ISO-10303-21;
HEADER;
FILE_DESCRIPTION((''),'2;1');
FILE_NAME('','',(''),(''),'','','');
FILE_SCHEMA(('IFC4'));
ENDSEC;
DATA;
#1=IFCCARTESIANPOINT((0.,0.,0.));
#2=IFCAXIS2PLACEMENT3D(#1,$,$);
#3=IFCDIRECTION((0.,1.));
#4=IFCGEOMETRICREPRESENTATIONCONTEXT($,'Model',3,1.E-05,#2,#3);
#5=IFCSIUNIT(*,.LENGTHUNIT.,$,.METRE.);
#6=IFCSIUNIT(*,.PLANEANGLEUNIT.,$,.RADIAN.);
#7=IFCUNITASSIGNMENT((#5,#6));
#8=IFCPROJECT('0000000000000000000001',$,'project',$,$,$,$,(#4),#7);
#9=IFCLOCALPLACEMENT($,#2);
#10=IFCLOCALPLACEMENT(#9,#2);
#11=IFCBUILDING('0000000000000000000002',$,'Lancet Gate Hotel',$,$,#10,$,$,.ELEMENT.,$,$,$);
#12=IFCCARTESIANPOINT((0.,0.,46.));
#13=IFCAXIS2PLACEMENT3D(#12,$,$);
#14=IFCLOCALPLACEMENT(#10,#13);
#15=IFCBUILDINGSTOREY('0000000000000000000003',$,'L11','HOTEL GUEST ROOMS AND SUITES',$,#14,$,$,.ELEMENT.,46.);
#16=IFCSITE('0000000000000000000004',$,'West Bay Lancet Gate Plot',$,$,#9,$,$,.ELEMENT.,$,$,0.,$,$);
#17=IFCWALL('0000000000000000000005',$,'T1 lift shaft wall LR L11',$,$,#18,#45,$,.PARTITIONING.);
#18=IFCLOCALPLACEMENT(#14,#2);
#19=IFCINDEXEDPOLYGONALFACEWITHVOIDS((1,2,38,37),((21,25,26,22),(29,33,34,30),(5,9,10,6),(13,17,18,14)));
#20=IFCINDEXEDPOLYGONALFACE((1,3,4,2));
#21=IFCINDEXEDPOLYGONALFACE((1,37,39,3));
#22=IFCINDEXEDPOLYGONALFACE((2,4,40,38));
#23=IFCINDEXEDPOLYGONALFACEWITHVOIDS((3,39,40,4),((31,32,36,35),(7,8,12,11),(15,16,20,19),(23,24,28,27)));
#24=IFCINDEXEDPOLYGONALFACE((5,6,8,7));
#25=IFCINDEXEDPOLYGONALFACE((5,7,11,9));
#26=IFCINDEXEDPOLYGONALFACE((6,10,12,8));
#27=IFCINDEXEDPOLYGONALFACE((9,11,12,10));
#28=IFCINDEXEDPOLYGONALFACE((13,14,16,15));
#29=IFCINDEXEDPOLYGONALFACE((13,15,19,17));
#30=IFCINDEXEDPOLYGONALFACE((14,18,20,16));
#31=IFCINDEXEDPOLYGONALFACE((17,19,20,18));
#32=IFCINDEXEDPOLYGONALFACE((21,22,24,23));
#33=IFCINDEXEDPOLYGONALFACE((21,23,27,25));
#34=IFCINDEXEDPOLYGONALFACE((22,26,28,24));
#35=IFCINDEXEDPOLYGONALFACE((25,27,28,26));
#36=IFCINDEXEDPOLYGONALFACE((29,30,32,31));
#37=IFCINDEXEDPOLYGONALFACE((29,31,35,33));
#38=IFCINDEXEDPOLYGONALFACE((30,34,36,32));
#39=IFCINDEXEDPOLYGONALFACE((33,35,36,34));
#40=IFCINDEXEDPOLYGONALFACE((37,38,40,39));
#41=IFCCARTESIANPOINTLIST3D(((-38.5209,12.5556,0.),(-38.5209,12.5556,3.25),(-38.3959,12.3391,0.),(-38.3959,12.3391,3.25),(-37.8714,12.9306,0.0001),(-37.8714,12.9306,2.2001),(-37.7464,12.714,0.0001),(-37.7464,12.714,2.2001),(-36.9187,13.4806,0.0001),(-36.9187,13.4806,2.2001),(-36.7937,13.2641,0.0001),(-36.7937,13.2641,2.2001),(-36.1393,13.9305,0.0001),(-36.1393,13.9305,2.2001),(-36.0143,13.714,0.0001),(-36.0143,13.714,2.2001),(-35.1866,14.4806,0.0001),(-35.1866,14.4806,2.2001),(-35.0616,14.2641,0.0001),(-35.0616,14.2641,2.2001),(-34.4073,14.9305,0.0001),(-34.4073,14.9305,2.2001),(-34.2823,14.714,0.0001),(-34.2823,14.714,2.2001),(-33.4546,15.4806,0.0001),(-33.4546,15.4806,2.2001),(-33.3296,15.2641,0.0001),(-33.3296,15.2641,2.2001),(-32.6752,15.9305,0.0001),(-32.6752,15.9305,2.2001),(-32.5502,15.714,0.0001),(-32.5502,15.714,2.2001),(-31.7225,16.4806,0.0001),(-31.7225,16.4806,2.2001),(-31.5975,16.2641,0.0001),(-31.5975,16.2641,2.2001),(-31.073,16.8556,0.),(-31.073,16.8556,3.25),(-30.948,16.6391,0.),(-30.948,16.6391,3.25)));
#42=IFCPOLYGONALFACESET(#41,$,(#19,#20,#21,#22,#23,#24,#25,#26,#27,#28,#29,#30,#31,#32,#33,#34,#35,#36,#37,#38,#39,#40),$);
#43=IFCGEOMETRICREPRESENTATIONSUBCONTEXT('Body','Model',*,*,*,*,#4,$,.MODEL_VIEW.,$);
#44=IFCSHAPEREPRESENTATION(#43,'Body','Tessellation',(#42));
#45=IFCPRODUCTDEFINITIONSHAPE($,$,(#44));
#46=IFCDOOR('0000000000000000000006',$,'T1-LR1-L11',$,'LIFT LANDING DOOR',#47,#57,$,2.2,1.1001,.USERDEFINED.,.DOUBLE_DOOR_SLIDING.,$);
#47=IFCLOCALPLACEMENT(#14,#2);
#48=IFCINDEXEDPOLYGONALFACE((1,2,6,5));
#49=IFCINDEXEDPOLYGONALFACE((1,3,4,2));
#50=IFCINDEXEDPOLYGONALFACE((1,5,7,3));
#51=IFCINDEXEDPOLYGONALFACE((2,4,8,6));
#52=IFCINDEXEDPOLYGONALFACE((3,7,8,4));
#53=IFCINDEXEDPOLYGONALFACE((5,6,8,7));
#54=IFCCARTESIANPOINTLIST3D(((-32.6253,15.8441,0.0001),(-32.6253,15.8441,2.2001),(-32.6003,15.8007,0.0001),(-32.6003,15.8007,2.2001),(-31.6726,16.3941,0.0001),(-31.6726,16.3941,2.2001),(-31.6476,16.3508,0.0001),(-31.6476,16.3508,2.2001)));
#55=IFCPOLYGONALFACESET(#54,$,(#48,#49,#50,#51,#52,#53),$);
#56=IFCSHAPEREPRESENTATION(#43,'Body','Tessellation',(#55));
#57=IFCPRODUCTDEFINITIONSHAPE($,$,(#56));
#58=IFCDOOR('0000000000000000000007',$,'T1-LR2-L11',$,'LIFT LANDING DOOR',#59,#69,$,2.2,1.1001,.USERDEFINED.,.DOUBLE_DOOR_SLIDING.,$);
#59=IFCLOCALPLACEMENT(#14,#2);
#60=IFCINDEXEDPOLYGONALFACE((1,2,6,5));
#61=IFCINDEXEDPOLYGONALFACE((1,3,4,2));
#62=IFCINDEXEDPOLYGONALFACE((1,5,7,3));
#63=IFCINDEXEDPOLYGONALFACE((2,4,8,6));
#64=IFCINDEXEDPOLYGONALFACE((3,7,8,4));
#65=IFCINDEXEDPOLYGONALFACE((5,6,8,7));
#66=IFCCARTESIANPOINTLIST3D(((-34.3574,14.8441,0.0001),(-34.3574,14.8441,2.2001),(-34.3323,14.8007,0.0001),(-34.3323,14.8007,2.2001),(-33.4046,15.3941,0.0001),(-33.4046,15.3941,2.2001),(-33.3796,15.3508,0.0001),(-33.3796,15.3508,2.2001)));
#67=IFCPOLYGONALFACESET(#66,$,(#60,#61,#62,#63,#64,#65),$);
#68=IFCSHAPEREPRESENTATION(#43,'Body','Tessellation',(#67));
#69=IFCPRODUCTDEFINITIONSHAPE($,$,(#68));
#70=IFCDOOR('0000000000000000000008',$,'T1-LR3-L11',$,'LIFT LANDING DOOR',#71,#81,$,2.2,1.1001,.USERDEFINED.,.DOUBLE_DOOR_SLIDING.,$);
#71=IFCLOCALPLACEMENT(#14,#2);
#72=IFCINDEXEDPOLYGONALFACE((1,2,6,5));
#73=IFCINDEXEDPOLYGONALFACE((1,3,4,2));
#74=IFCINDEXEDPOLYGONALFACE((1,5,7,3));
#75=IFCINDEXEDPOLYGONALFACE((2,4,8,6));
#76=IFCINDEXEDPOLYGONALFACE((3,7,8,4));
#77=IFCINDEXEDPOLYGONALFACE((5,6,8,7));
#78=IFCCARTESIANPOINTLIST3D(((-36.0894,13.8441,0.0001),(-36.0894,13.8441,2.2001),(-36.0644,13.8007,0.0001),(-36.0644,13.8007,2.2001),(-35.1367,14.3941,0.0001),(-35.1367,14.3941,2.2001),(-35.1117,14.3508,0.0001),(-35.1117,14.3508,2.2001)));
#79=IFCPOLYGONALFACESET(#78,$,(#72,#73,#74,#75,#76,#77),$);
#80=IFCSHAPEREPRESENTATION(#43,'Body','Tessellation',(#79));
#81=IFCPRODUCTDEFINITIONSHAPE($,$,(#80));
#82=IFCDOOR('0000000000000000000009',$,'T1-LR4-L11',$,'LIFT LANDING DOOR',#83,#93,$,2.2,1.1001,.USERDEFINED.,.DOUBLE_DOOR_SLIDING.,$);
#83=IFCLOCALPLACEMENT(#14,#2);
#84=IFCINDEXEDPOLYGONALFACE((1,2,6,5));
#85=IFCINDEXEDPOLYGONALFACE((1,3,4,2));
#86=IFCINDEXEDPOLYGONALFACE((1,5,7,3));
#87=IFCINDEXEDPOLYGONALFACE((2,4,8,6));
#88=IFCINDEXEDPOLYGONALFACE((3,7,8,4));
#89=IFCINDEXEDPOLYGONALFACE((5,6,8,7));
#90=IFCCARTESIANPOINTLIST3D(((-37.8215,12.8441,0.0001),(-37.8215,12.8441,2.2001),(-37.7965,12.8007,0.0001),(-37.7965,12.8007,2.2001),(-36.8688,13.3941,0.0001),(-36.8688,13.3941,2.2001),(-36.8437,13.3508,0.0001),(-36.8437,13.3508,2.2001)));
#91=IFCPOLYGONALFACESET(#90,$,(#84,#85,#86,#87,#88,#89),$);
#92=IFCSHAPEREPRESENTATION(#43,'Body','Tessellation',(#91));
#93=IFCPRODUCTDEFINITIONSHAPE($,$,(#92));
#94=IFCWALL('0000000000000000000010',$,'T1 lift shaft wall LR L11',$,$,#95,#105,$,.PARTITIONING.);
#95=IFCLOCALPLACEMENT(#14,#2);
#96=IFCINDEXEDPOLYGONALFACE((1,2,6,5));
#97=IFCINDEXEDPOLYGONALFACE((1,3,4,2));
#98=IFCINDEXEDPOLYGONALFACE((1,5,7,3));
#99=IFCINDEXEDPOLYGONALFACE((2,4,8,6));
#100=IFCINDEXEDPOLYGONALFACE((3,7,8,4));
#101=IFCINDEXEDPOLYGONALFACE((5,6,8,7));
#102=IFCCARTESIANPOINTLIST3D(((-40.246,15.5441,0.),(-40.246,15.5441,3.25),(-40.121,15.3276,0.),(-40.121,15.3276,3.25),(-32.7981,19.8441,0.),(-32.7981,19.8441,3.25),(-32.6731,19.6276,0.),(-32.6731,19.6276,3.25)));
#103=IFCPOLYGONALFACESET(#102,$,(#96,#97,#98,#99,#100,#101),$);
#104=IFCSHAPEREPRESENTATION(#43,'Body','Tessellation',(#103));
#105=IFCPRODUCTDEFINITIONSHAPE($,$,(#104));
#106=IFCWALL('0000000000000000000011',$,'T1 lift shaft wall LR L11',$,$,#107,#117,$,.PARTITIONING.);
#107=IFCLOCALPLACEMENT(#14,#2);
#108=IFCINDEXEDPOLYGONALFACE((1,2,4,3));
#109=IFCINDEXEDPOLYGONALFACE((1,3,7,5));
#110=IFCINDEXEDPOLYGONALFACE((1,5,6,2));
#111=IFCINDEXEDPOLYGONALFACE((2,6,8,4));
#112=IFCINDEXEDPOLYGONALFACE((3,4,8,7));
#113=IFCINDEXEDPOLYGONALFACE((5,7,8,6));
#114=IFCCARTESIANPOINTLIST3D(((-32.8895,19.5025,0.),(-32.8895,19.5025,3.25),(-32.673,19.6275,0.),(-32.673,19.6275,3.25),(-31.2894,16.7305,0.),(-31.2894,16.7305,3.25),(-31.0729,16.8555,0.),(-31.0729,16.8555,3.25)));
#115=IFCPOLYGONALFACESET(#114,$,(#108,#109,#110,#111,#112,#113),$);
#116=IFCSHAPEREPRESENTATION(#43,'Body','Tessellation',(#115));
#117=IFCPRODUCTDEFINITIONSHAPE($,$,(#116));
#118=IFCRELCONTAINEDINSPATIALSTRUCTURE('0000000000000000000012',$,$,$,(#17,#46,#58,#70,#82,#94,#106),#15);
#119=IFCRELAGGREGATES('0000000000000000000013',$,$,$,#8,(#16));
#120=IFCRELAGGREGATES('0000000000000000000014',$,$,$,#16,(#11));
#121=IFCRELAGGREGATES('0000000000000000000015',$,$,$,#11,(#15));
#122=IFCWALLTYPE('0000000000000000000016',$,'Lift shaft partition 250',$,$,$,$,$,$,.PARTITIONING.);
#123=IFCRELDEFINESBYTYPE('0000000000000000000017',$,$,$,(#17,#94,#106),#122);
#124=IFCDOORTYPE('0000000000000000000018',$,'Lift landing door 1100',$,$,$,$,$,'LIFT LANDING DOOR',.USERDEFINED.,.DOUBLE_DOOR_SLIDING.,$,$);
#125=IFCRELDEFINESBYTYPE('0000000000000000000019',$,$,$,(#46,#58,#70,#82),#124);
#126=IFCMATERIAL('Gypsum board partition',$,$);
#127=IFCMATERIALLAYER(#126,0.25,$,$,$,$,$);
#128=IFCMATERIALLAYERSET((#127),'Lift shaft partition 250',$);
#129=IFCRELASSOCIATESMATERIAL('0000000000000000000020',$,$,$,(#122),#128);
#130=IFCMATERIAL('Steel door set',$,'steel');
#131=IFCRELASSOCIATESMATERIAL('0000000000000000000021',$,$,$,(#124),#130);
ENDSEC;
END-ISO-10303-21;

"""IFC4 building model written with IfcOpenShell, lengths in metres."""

from ifc_helpers import new_model, si_unit, direction, frame, frame_2d, origin, place, context, subcontext, project, spatial, rectangle, extrude, material, layer, layer_set, type_object, element, fill, save


model = new_model("IFC4")

# Units and contexts
model_context = context("Model", 3, precision=1e-05, world=origin(), true_north=direction((0.0, 1.0)))
body_context = subcontext(model_context, "Body", "Model", "MODEL_VIEW")
ifc_project = project(units=[si_unit("LENGTHUNIT", "METRE"), si_unit("PLANEANGLEUNIT", "RADIAN")], contexts=[model_context])

# Site, building, storey
site_placement = place(None, origin())
site = spatial("IfcSite", under=ifc_project, at=site_placement, Name="West Bay Lancet Gate Plot", CompositionType="ELEMENT", RefElevation=0.0)
building_placement = place(site_placement, origin())
building = spatial("IfcBuilding", under=site, at=building_placement, Name="Lancet Gate Hotel", CompositionType="ELEMENT")
storey_placement = place(building_placement, frame((0.0, 0.0, 46.0)))
storey = spatial("IfcBuildingStorey", under=building, at=storey_placement, Name="L11", Description="HOTEL GUEST ROOMS AND SUITES", CompositionType="ELEMENT", Elevation=46.0)

# Wall, openings, doors
ifc_material_1 = material(Name="Gypsum board partition")
ifc_layer_1 = layer(ifc_material_1, 0.25)
ifc_layer_set_1 = layer_set([ifc_layer_1], Name="Lift shaft partition 250")
wall_type = type_object("IfcWallType", Name="Lift shaft partition 250", PredefinedType="PARTITIONING", material=ifc_layer_set_1)
wall_1_placement = place(storey_placement, frame((-31.0105, 16.7473, 0.0), z_axis=(0.0, 0.0, 1.0), x_axis=(-0.866028, -0.499995, 0.0)))
wall_1 = element("IfcWall", 1, at=wall_1_placement, inside=storey, type_object=wall_type, Name="T1 lift shaft wall LR L11", PredefinedType="PARTITIONING", context=body_context, shape_type="SweptSolid", body=[
    extrude(rectangle(XDim=8.6001, YDim=0.25, at=frame_2d((4.3, 0.0))), origin(), (0.0, 0.0, 1.0), 3.25),
])
opening_1_placement = place(wall_1_placement, frame((0.75, 0.0, 0.0)))
opening_1 = element("IfcOpeningElement", 2, at=opening_1_placement, cuts=wall_1, PredefinedType="OPENING", context=body_context, shape_type="SweptSolid", body=[
    extrude(rectangle(XDim=1.1001, YDim=2.2, at=frame_2d((0.55, 1.1001))), frame((0.0, 0.135, 0.0), z_axis=(0.0, -1.0, 0.0), x_axis=(1.0, 0.0, 0.0)), (0.0, 0.0, 1.0), 0.27),
])
opening_2_placement = place(wall_1_placement, frame((2.75, 0.0, 0.0)))
opening_2 = element("IfcOpeningElement", 3, at=opening_2_placement, cuts=wall_1, PredefinedType="OPENING", context=body_context, shape_type="SweptSolid", body=[
    extrude(rectangle(XDim=1.1001, YDim=2.2, at=frame_2d((0.55, 1.1001))), frame((0.0, 0.135, 0.0), z_axis=(0.0, -1.0, 0.0), x_axis=(1.0, 0.0, 0.0)), (0.0, 0.0, 1.0), 0.27),
])
opening_3_placement = place(wall_1_placement, frame((4.75, 0.0, 0.0)))
opening_3 = element("IfcOpeningElement", 4, at=opening_3_placement, cuts=wall_1, PredefinedType="OPENING", context=body_context, shape_type="SweptSolid", body=[
    extrude(rectangle(XDim=1.1001, YDim=2.2, at=frame_2d((0.55, 1.1001))), frame((0.0, 0.135, 0.0), z_axis=(0.0, -1.0, 0.0), x_axis=(1.0, 0.0, 0.0)), (0.0, 0.0, 1.0), 0.27),
])
opening_4_placement = place(wall_1_placement, frame((6.75, 0.0, 0.0)))
opening_4 = element("IfcOpeningElement", 5, at=opening_4_placement, cuts=wall_1, PredefinedType="OPENING", context=body_context, shape_type="SweptSolid", body=[
    extrude(rectangle(XDim=1.1001, YDim=2.2, at=frame_2d((0.55, 1.1001))), frame((0.0, 0.135, 0.0), z_axis=(0.0, -1.0, 0.0), x_axis=(1.0, 0.0, 0.0)), (0.0, 0.0, 1.0), 0.27),
])
ifc_material_2 = material(Name="Steel door set", Category="steel")
door_type = type_object("IfcDoorType", Name="Lift landing door 1100", ElementType="LIFT LANDING DOOR", OperationType="DOUBLE_DOOR_SLIDING", PredefinedType="USERDEFINED", material=ifc_material_2)
door_1_placement = place(opening_1_placement, origin())
door_1 = element("IfcDoor", 6, at=door_1_placement, inside=storey, type_object=door_type, Name="T1-LR1-L11", ObjectType="LIFT LANDING DOOR", OperationType="DOUBLE_DOOR_SLIDING", OverallHeight=2.2, OverallWidth=1.1001, PredefinedType="USERDEFINED", context=body_context, shape_type="SweptSolid", body=[
    extrude(rectangle(XDim=1.1001, YDim=2.2, at=frame_2d((0.55, 1.1001))), frame((0.0, 0.0249, 0.0), z_axis=(0.0, -1.0, 0.0), x_axis=(1.0, 0.0, 0.0)), (0.0, 0.0, 1.0), 0.05),
])
fill(opening_1, door_1)
door_2_placement = place(opening_2_placement, origin())
door_2 = element("IfcDoor", 7, at=door_2_placement, inside=storey, type_object=door_type, Name="T1-LR2-L11", ObjectType="LIFT LANDING DOOR", OperationType="DOUBLE_DOOR_SLIDING", OverallHeight=2.2, OverallWidth=1.1001, PredefinedType="USERDEFINED", context=body_context, shape_type="SweptSolid", body=[
    extrude(rectangle(XDim=1.1001, YDim=2.2, at=frame_2d((0.55, 1.1001))), frame((0.0, 0.0249, 0.0), z_axis=(0.0, -1.0, 0.0), x_axis=(1.0, 0.0, 0.0)), (0.0, 0.0, 1.0), 0.05),
])
fill(opening_2, door_2)
door_3_placement = place(opening_3_placement, origin())
door_3 = element("IfcDoor", 8, at=door_3_placement, inside=storey, type_object=door_type, Name="T1-LR3-L11", ObjectType="LIFT LANDING DOOR", OperationType="DOUBLE_DOOR_SLIDING", OverallHeight=2.2, OverallWidth=1.1001, PredefinedType="USERDEFINED", context=body_context, shape_type="SweptSolid", body=[
    extrude(rectangle(XDim=1.1001, YDim=2.2, at=frame_2d((0.55, 1.1001))), frame((0.0, 0.0249, 0.0), z_axis=(0.0, -1.0, 0.0), x_axis=(1.0, 0.0, 0.0)), (0.0, 0.0, 1.0), 0.05),
])
fill(opening_3, door_3)
door_4_placement = place(opening_4_placement, origin())
door_4 = element("IfcDoor", 9, at=door_4_placement, inside=storey, type_object=door_type, Name="T1-LR4-L11", ObjectType="LIFT LANDING DOOR", OperationType="DOUBLE_DOOR_SLIDING", OverallHeight=2.2, OverallWidth=1.1001, PredefinedType="USERDEFINED", context=body_context, shape_type="SweptSolid", body=[
    extrude(rectangle(XDim=1.1001, YDim=2.2, at=frame_2d((0.55, 1.1001))), frame((0.0, 0.0249, 0.0), z_axis=(0.0, -1.0, 0.0), x_axis=(1.0, 0.0, 0.0)), (0.0, 0.0, 1.0), 0.05),
])
fill(opening_4, door_4)

# Walls
wall_2_placement = place(storey_placement, frame((-32.7356, 19.7358, 0.0), z_axis=(0.0, 0.0, 1.0), x_axis=(-0.866028, -0.499995, 0.0)))
element("IfcWall", 10, at=wall_2_placement, inside=storey, type_object=wall_type, Name="T1 lift shaft wall LR L11", PredefinedType="PARTITIONING", context=body_context, shape_type="SweptSolid", body=[
    extrude(rectangle(XDim=8.6001, YDim=0.25, at=frame_2d((4.3, 0.0))), origin(), (0.0, 0.0, 1.0), 3.25),
])
wall_3_placement = place(storey_placement, frame((-31.1812, 16.793, 0.0), z_axis=(0.0, 0.0, 1.0), x_axis=(-0.499929, 0.866066, 0.0)))
element("IfcWall", 11, at=wall_3_placement, inside=storey, type_object=wall_type, Name="T1 lift shaft wall LR L11", PredefinedType="PARTITIONING", context=body_context, shape_type="SweptSolid", body=[
    extrude(rectangle(XDim=3.2007, YDim=0.25, at=frame_2d((1.6003, 0.0))), origin(), (0.0, 0.0, 1.0), 3.25),
])

save(model, "model.ifc")
